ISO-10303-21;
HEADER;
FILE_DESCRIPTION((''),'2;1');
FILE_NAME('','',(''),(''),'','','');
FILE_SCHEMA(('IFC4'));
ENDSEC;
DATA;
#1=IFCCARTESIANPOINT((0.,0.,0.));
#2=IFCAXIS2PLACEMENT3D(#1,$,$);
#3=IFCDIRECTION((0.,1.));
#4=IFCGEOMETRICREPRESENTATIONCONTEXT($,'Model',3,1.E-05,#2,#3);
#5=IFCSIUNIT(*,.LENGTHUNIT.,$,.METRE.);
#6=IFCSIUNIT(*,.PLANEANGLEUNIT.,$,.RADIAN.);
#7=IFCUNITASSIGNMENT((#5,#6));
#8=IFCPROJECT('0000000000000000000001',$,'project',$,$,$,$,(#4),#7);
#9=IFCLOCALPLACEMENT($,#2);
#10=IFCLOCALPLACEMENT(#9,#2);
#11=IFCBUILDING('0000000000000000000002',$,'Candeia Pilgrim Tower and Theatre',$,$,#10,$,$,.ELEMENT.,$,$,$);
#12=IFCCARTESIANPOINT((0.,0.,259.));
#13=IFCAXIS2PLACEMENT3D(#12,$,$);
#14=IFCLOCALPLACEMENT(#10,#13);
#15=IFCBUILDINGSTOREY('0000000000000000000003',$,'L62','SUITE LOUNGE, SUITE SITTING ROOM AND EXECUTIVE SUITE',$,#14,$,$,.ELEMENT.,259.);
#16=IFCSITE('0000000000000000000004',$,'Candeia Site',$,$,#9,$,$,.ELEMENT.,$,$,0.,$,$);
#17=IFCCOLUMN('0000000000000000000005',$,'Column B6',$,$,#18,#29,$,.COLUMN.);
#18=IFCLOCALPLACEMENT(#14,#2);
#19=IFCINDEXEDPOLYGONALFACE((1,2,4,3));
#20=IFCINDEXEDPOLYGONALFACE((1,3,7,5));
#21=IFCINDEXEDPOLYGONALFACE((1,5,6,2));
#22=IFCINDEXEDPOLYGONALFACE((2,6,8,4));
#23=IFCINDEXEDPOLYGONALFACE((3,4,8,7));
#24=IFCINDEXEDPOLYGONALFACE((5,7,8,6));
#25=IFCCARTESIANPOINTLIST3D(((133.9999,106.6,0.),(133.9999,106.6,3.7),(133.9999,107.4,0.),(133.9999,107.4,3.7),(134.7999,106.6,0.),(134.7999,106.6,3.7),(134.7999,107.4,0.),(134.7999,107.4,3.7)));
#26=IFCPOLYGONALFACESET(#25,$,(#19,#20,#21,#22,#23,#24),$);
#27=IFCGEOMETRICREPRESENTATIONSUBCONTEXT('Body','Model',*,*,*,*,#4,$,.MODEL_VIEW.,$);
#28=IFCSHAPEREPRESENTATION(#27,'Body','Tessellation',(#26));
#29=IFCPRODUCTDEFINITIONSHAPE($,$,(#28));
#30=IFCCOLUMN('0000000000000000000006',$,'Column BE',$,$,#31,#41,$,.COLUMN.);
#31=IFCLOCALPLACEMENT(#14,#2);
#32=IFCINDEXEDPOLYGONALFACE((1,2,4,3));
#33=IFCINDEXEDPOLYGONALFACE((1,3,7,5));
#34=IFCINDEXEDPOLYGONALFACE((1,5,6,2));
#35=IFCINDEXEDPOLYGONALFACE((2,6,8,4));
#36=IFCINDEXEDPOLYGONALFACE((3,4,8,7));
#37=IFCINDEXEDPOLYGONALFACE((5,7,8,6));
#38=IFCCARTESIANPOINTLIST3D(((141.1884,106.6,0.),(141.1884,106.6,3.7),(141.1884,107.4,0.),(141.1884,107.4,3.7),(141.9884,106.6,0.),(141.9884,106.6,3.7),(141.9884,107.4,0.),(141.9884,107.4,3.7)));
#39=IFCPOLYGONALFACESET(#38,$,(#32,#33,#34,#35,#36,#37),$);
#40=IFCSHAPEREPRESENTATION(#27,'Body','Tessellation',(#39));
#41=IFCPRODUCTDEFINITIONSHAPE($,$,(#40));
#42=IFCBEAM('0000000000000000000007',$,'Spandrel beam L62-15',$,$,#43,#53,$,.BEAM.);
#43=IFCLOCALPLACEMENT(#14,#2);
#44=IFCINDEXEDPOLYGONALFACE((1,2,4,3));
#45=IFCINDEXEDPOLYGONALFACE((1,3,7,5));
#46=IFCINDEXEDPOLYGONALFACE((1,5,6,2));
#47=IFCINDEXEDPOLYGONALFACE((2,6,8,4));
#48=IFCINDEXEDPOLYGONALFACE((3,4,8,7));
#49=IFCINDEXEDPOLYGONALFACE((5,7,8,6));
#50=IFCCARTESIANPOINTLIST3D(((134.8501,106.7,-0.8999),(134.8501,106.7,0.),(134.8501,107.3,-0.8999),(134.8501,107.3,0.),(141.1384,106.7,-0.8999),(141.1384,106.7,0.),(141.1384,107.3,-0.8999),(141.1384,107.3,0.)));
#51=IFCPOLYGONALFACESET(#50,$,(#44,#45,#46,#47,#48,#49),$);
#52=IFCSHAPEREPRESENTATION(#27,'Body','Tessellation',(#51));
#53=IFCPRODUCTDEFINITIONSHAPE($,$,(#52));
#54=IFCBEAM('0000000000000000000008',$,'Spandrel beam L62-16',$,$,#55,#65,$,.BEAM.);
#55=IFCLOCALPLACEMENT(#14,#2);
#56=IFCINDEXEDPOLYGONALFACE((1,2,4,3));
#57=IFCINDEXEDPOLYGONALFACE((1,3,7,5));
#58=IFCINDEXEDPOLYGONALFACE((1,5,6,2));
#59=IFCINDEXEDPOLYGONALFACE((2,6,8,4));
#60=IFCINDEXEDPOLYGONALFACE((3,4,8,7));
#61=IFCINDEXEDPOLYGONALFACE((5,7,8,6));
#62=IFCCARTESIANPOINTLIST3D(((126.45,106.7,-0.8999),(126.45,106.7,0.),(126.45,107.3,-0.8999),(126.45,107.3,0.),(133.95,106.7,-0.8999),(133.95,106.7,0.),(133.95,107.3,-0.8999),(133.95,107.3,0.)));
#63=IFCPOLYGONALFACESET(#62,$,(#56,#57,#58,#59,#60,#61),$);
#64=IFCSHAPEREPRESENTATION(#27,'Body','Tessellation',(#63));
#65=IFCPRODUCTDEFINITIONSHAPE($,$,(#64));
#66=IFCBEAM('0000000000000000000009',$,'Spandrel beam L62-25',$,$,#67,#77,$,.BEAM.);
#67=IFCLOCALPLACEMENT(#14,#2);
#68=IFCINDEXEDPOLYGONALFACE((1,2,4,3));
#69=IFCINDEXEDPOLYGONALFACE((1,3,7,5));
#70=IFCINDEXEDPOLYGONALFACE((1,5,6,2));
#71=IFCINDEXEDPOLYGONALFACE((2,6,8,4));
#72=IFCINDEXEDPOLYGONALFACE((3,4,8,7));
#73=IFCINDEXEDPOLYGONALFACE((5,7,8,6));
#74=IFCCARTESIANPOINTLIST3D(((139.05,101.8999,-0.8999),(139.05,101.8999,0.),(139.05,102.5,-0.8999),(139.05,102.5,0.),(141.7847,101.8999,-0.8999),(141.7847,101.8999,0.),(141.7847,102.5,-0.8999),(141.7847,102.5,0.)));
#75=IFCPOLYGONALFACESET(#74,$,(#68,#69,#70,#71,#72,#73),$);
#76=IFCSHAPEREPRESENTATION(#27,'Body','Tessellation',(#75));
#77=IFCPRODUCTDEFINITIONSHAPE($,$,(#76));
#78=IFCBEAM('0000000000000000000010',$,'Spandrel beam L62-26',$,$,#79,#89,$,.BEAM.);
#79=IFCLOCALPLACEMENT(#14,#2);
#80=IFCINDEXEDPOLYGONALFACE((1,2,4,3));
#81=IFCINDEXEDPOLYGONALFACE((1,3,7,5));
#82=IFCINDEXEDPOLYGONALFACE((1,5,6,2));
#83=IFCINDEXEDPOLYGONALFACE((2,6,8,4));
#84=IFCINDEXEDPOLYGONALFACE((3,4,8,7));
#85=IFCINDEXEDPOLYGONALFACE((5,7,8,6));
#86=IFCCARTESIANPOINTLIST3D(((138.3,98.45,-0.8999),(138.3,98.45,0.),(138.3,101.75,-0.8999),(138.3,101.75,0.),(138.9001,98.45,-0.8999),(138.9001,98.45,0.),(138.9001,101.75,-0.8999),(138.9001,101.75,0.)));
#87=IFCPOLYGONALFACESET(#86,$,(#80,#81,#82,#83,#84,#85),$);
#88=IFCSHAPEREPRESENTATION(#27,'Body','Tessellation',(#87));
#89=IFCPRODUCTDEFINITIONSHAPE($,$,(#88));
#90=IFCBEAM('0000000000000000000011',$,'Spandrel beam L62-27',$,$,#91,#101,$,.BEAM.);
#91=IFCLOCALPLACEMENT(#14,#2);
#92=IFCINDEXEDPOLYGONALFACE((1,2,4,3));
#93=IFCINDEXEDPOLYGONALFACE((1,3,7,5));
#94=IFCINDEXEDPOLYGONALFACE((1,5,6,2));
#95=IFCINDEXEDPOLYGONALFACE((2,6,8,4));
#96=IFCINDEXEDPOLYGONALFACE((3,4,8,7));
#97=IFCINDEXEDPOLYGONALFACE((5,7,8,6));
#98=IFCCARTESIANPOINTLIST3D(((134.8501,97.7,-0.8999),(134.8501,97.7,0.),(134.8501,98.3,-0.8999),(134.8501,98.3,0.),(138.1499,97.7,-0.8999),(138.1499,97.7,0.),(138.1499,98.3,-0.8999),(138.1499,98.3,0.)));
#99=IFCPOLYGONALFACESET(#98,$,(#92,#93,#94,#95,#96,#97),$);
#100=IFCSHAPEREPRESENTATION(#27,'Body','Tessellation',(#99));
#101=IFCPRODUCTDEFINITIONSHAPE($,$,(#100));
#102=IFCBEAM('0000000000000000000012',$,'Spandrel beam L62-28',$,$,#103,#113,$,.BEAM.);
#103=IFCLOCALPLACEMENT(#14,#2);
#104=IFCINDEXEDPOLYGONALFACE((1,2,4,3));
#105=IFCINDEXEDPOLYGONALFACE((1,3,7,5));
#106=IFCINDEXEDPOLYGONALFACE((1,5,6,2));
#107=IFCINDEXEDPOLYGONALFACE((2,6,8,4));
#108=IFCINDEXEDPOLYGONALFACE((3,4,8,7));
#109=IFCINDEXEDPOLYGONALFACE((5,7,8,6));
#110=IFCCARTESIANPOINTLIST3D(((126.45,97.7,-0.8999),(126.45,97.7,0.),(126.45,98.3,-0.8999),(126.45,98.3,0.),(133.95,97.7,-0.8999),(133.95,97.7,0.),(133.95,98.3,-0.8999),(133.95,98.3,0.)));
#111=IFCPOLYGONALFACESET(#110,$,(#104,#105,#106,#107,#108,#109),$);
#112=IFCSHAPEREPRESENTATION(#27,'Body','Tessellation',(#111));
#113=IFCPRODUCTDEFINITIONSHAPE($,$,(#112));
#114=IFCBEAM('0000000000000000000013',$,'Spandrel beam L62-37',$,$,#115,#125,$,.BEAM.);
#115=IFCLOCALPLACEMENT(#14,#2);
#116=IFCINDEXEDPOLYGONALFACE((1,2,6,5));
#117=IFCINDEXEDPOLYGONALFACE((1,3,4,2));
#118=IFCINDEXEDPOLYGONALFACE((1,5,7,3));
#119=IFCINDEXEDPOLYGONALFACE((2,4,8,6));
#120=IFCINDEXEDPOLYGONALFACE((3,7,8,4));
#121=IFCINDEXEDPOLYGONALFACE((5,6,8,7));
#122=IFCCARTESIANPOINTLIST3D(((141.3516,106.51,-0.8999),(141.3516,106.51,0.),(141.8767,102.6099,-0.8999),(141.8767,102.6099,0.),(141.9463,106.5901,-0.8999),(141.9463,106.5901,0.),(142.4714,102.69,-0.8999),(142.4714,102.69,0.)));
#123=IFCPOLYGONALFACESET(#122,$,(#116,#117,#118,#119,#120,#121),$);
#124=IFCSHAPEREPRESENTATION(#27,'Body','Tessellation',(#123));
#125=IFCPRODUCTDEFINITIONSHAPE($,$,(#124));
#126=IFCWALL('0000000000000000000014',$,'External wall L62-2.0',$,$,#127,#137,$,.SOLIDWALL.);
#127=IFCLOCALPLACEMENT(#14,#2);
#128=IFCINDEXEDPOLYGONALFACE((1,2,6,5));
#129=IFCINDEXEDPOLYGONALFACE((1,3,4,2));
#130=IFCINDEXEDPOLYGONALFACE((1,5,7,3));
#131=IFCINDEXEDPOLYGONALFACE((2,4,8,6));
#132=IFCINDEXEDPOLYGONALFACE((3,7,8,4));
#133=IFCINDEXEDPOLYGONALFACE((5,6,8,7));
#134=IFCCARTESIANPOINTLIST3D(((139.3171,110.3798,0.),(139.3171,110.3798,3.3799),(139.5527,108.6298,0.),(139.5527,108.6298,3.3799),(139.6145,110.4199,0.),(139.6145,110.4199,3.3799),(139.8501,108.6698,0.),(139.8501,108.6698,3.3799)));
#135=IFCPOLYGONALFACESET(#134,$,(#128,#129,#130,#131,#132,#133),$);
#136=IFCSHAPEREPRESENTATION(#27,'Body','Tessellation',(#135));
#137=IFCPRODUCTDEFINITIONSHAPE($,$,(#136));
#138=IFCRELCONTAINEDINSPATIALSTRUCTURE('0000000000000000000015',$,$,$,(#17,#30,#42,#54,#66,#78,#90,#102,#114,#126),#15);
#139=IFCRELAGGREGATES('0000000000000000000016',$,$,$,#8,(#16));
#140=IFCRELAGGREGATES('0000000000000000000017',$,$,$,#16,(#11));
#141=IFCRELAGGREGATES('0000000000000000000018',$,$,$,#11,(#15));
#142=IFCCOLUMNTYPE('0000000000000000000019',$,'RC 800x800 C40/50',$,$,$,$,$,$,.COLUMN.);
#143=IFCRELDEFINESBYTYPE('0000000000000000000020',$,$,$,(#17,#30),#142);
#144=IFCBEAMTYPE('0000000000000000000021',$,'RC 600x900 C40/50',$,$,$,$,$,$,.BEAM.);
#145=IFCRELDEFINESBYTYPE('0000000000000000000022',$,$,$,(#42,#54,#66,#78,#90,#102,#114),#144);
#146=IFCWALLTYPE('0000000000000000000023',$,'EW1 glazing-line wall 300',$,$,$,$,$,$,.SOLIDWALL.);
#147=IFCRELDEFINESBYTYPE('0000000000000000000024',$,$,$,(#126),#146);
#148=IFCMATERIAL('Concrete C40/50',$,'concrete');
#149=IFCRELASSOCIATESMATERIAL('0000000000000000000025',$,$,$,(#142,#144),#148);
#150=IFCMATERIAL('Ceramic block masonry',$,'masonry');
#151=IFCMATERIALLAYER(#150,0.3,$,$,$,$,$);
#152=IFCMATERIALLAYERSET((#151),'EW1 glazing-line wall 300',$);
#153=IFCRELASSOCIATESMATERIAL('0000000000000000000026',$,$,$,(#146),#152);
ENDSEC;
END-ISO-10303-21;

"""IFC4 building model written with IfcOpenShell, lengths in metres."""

from ifc_helpers import new_model, si_unit, direction, frame, frame_2d, origin, origin_2d, place, context, subcontext, project, spatial, rectangle, extrude, material, layer, layer_set, material_profile, profile_set, type_object, element, save


model = new_model("IFC4")

# Units and contexts
model_context = context("Model", 3, precision=1e-05, world=origin(), true_north=direction((0.0, 1.0)))
body_context = subcontext(model_context, "Body", "Model", "MODEL_VIEW")
ifc_project = project(units=[si_unit("LENGTHUNIT", "METRE"), si_unit("PLANEANGLEUNIT", "RADIAN")], contexts=[model_context])

# Site, building, storey
site_placement = place(None, origin())
site = spatial("IfcSite", under=ifc_project, at=site_placement, Name="Candeia Site", CompositionType="ELEMENT", RefElevation=0.0)
building_placement = place(site_placement, origin())
building = spatial("IfcBuilding", under=site, at=building_placement, Name="Candeia Pilgrim Tower and Theatre", CompositionType="ELEMENT")
storey_placement = place(building_placement, frame((0.0, 0.0, 259.0)))
storey = spatial("IfcBuildingStorey", under=building, at=storey_placement, Name="L62", Description="SUITE LOUNGE, SUITE SITTING ROOM AND EXECUTIVE SUITE", CompositionType="ELEMENT", Elevation=259.0)

# Columns
ifc_material_1 = material(Name="Concrete C40/50", Category="concrete")
ifc_material_profile_1 = material_profile(ifc_material_1, rectangle(XDim=0.8, YDim=0.8, at=origin_2d()))
ifc_profile_set_1 = profile_set([ifc_material_profile_1], Name="Concrete C40/50")
column_type = type_object("IfcColumnType", Name="RC 800x800 C40/50", PredefinedType="COLUMN", material=ifc_profile_set_1)
for number, where, z_axis, x_axis, name in (
    (1, (134.3999, 107.0, 0.0), (0.0, 0.0, 1.0), (1.0, 0.0, 0.0), "Column B6"),
    (2, (141.5884, 107.0, 0.0), (0.0, 0.0, 1.0), (1.0, 0.0, 0.0), "Column BE"),
):
    element("IfcColumn", number, at=place(storey_placement, frame(where, z_axis=z_axis, x_axis=x_axis)), inside=storey, type_object=column_type, Name=name, PredefinedType="COLUMN", context=body_context, shape_type="SweptSolid", body=[
        extrude(rectangle(XDim=0.8, YDim=0.8, at=origin_2d()), origin(), (0.0, 0.0, 1.0), 3.7),
    ])

# Beams
ifc_material_profile_2 = material_profile(ifc_material_1, rectangle(XDim=0.6001, YDim=0.8999, at=origin_2d()))
ifc_profile_set_2 = profile_set([ifc_material_profile_2], Name="Concrete C40/50")
beam_type = type_object("IfcBeamType", Name="RC 600x900 C40/50", PredefinedType="BEAM", material=ifc_profile_set_2)
beam_1_placement = place(storey_placement, frame((141.1384, 107.0, -0.45), z_axis=(-1.0, 0.0, 0.0), x_axis=(0.0, -1.0, 0.0)))
element("IfcBeam", 3, at=beam_1_placement, inside=storey, type_object=beam_type, Name="Spandrel beam L62-15", PredefinedType="BEAM", context=body_context, shape_type="SweptSolid", body=[
    extrude(rectangle(XDim=0.6001, YDim=0.8999, at=origin_2d()), origin(), (0.0, 0.0, 1.0), 6.2883),
])
beam_2_placement = place(storey_placement, frame((133.95, 107.0, -0.45), z_axis=(-1.0, 0.0, 0.0), x_axis=(0.0, -1.0, 0.0)))
element("IfcBeam", 4, at=beam_2_placement, inside=storey, type_object=beam_type, Name="Spandrel beam L62-16", PredefinedType="BEAM", context=body_context, shape_type="SweptSolid", body=[
    extrude(rectangle(XDim=0.6001, YDim=0.8999, at=origin_2d()), origin(), (0.0, 0.0, 1.0), 7.5),
])
beam_3_placement = place(storey_placement, frame((141.7847, 102.2, -0.45), z_axis=(-1.0, 0.0, 0.0), x_axis=(0.0, -1.0, 0.0)))
element("IfcBeam", 5, at=beam_3_placement, inside=storey, type_object=beam_type, Name="Spandrel beam L62-25", PredefinedType="BEAM", context=body_context, shape_type="SweptSolid", body=[
    extrude(rectangle(XDim=0.6001, YDim=0.8999, at=origin_2d()), origin(), (0.0, 0.0, 1.0), 2.7346),
])
beam_4_placement = place(storey_placement, frame((138.6001, 101.75, -0.45), z_axis=(0.0, -1.0, 0.0), x_axis=(1.0, 0.0, 0.0)))
element("IfcBeam", 6, at=beam_4_placement, inside=storey, type_object=beam_type, Name="Spandrel beam L62-26", PredefinedType="BEAM", context=body_context, shape_type="SweptSolid", body=[
    extrude(rectangle(XDim=0.6001, YDim=0.8999, at=origin_2d()), origin(), (0.0, 0.0, 1.0), 3.3),
])
beam_5_placement = place(storey_placement, frame((138.1499, 98.0, -0.45), z_axis=(-1.0, 0.0, 0.0), x_axis=(0.0, -1.0, 0.0)))
element("IfcBeam", 7, at=beam_5_placement, inside=storey, type_object=beam_type, Name="Spandrel beam L62-27", PredefinedType="BEAM", context=body_context, shape_type="SweptSolid", body=[
    extrude(rectangle(XDim=0.6001, YDim=0.8999, at=origin_2d()), origin(), (0.0, 0.0, 1.0), 3.2998),
])
beam_6_placement = place(storey_placement, frame((133.95, 98.0, -0.45), z_axis=(-1.0, 0.0, 0.0), x_axis=(0.0, -1.0, 0.0)))
element("IfcBeam", 8, at=beam_6_placement, inside=storey, type_object=beam_type, Name="Spandrel beam L62-28", PredefinedType="BEAM", context=body_context, shape_type="SweptSolid", body=[
    extrude(rectangle(XDim=0.6001, YDim=0.8999, at=origin_2d()), origin(), (0.0, 0.0, 1.0), 7.5),
])
beam_7_placement = place(storey_placement, frame((141.6489, 106.55, -0.45), z_axis=(0.133444, -0.991056, 0.0), x_axis=(0.991056, 0.133444, 0.0)))
element("IfcBeam", 9, at=beam_7_placement, inside=storey, type_object=beam_type, Name="Spandrel beam L62-37", PredefinedType="BEAM", context=body_context, shape_type="SweptSolid", body=[
    extrude(rectangle(XDim=0.6001, YDim=0.8999, at=origin_2d()), origin(), (0.0, 0.0, 1.0), 3.9353),
])

# Shared definitions
ifc_material_2 = material(Name="Ceramic block masonry", Category="masonry")
ifc_layer_1 = layer(ifc_material_2, 0.3)
ifc_layer_set_1 = layer_set([ifc_layer_1], Name="EW1 glazing-line wall 300")
wall_type = type_object("IfcWallType", Name="EW1 glazing-line wall 300", PredefinedType="SOLIDWALL", material=ifc_layer_set_1)

# Wall
wall_1_placement = place(storey_placement, frame((139.7014, 108.6499, 0.0), z_axis=(0.0, 0.0, 1.0), x_axis=(-0.133422, 0.991059, 0.0)))
element("IfcWall", 10, at=wall_1_placement, inside=storey, type_object=wall_type, Name="External wall L62-2.0", PredefinedType="SOLIDWALL", context=body_context, shape_type="SweptSolid", body=[
    extrude(rectangle(XDim=1.7659, YDim=0.3, at=frame_2d((0.8828, 0.0))), origin(), (0.0, 0.0, 1.0), 3.3799),
])

save(model, "model.ifc")
